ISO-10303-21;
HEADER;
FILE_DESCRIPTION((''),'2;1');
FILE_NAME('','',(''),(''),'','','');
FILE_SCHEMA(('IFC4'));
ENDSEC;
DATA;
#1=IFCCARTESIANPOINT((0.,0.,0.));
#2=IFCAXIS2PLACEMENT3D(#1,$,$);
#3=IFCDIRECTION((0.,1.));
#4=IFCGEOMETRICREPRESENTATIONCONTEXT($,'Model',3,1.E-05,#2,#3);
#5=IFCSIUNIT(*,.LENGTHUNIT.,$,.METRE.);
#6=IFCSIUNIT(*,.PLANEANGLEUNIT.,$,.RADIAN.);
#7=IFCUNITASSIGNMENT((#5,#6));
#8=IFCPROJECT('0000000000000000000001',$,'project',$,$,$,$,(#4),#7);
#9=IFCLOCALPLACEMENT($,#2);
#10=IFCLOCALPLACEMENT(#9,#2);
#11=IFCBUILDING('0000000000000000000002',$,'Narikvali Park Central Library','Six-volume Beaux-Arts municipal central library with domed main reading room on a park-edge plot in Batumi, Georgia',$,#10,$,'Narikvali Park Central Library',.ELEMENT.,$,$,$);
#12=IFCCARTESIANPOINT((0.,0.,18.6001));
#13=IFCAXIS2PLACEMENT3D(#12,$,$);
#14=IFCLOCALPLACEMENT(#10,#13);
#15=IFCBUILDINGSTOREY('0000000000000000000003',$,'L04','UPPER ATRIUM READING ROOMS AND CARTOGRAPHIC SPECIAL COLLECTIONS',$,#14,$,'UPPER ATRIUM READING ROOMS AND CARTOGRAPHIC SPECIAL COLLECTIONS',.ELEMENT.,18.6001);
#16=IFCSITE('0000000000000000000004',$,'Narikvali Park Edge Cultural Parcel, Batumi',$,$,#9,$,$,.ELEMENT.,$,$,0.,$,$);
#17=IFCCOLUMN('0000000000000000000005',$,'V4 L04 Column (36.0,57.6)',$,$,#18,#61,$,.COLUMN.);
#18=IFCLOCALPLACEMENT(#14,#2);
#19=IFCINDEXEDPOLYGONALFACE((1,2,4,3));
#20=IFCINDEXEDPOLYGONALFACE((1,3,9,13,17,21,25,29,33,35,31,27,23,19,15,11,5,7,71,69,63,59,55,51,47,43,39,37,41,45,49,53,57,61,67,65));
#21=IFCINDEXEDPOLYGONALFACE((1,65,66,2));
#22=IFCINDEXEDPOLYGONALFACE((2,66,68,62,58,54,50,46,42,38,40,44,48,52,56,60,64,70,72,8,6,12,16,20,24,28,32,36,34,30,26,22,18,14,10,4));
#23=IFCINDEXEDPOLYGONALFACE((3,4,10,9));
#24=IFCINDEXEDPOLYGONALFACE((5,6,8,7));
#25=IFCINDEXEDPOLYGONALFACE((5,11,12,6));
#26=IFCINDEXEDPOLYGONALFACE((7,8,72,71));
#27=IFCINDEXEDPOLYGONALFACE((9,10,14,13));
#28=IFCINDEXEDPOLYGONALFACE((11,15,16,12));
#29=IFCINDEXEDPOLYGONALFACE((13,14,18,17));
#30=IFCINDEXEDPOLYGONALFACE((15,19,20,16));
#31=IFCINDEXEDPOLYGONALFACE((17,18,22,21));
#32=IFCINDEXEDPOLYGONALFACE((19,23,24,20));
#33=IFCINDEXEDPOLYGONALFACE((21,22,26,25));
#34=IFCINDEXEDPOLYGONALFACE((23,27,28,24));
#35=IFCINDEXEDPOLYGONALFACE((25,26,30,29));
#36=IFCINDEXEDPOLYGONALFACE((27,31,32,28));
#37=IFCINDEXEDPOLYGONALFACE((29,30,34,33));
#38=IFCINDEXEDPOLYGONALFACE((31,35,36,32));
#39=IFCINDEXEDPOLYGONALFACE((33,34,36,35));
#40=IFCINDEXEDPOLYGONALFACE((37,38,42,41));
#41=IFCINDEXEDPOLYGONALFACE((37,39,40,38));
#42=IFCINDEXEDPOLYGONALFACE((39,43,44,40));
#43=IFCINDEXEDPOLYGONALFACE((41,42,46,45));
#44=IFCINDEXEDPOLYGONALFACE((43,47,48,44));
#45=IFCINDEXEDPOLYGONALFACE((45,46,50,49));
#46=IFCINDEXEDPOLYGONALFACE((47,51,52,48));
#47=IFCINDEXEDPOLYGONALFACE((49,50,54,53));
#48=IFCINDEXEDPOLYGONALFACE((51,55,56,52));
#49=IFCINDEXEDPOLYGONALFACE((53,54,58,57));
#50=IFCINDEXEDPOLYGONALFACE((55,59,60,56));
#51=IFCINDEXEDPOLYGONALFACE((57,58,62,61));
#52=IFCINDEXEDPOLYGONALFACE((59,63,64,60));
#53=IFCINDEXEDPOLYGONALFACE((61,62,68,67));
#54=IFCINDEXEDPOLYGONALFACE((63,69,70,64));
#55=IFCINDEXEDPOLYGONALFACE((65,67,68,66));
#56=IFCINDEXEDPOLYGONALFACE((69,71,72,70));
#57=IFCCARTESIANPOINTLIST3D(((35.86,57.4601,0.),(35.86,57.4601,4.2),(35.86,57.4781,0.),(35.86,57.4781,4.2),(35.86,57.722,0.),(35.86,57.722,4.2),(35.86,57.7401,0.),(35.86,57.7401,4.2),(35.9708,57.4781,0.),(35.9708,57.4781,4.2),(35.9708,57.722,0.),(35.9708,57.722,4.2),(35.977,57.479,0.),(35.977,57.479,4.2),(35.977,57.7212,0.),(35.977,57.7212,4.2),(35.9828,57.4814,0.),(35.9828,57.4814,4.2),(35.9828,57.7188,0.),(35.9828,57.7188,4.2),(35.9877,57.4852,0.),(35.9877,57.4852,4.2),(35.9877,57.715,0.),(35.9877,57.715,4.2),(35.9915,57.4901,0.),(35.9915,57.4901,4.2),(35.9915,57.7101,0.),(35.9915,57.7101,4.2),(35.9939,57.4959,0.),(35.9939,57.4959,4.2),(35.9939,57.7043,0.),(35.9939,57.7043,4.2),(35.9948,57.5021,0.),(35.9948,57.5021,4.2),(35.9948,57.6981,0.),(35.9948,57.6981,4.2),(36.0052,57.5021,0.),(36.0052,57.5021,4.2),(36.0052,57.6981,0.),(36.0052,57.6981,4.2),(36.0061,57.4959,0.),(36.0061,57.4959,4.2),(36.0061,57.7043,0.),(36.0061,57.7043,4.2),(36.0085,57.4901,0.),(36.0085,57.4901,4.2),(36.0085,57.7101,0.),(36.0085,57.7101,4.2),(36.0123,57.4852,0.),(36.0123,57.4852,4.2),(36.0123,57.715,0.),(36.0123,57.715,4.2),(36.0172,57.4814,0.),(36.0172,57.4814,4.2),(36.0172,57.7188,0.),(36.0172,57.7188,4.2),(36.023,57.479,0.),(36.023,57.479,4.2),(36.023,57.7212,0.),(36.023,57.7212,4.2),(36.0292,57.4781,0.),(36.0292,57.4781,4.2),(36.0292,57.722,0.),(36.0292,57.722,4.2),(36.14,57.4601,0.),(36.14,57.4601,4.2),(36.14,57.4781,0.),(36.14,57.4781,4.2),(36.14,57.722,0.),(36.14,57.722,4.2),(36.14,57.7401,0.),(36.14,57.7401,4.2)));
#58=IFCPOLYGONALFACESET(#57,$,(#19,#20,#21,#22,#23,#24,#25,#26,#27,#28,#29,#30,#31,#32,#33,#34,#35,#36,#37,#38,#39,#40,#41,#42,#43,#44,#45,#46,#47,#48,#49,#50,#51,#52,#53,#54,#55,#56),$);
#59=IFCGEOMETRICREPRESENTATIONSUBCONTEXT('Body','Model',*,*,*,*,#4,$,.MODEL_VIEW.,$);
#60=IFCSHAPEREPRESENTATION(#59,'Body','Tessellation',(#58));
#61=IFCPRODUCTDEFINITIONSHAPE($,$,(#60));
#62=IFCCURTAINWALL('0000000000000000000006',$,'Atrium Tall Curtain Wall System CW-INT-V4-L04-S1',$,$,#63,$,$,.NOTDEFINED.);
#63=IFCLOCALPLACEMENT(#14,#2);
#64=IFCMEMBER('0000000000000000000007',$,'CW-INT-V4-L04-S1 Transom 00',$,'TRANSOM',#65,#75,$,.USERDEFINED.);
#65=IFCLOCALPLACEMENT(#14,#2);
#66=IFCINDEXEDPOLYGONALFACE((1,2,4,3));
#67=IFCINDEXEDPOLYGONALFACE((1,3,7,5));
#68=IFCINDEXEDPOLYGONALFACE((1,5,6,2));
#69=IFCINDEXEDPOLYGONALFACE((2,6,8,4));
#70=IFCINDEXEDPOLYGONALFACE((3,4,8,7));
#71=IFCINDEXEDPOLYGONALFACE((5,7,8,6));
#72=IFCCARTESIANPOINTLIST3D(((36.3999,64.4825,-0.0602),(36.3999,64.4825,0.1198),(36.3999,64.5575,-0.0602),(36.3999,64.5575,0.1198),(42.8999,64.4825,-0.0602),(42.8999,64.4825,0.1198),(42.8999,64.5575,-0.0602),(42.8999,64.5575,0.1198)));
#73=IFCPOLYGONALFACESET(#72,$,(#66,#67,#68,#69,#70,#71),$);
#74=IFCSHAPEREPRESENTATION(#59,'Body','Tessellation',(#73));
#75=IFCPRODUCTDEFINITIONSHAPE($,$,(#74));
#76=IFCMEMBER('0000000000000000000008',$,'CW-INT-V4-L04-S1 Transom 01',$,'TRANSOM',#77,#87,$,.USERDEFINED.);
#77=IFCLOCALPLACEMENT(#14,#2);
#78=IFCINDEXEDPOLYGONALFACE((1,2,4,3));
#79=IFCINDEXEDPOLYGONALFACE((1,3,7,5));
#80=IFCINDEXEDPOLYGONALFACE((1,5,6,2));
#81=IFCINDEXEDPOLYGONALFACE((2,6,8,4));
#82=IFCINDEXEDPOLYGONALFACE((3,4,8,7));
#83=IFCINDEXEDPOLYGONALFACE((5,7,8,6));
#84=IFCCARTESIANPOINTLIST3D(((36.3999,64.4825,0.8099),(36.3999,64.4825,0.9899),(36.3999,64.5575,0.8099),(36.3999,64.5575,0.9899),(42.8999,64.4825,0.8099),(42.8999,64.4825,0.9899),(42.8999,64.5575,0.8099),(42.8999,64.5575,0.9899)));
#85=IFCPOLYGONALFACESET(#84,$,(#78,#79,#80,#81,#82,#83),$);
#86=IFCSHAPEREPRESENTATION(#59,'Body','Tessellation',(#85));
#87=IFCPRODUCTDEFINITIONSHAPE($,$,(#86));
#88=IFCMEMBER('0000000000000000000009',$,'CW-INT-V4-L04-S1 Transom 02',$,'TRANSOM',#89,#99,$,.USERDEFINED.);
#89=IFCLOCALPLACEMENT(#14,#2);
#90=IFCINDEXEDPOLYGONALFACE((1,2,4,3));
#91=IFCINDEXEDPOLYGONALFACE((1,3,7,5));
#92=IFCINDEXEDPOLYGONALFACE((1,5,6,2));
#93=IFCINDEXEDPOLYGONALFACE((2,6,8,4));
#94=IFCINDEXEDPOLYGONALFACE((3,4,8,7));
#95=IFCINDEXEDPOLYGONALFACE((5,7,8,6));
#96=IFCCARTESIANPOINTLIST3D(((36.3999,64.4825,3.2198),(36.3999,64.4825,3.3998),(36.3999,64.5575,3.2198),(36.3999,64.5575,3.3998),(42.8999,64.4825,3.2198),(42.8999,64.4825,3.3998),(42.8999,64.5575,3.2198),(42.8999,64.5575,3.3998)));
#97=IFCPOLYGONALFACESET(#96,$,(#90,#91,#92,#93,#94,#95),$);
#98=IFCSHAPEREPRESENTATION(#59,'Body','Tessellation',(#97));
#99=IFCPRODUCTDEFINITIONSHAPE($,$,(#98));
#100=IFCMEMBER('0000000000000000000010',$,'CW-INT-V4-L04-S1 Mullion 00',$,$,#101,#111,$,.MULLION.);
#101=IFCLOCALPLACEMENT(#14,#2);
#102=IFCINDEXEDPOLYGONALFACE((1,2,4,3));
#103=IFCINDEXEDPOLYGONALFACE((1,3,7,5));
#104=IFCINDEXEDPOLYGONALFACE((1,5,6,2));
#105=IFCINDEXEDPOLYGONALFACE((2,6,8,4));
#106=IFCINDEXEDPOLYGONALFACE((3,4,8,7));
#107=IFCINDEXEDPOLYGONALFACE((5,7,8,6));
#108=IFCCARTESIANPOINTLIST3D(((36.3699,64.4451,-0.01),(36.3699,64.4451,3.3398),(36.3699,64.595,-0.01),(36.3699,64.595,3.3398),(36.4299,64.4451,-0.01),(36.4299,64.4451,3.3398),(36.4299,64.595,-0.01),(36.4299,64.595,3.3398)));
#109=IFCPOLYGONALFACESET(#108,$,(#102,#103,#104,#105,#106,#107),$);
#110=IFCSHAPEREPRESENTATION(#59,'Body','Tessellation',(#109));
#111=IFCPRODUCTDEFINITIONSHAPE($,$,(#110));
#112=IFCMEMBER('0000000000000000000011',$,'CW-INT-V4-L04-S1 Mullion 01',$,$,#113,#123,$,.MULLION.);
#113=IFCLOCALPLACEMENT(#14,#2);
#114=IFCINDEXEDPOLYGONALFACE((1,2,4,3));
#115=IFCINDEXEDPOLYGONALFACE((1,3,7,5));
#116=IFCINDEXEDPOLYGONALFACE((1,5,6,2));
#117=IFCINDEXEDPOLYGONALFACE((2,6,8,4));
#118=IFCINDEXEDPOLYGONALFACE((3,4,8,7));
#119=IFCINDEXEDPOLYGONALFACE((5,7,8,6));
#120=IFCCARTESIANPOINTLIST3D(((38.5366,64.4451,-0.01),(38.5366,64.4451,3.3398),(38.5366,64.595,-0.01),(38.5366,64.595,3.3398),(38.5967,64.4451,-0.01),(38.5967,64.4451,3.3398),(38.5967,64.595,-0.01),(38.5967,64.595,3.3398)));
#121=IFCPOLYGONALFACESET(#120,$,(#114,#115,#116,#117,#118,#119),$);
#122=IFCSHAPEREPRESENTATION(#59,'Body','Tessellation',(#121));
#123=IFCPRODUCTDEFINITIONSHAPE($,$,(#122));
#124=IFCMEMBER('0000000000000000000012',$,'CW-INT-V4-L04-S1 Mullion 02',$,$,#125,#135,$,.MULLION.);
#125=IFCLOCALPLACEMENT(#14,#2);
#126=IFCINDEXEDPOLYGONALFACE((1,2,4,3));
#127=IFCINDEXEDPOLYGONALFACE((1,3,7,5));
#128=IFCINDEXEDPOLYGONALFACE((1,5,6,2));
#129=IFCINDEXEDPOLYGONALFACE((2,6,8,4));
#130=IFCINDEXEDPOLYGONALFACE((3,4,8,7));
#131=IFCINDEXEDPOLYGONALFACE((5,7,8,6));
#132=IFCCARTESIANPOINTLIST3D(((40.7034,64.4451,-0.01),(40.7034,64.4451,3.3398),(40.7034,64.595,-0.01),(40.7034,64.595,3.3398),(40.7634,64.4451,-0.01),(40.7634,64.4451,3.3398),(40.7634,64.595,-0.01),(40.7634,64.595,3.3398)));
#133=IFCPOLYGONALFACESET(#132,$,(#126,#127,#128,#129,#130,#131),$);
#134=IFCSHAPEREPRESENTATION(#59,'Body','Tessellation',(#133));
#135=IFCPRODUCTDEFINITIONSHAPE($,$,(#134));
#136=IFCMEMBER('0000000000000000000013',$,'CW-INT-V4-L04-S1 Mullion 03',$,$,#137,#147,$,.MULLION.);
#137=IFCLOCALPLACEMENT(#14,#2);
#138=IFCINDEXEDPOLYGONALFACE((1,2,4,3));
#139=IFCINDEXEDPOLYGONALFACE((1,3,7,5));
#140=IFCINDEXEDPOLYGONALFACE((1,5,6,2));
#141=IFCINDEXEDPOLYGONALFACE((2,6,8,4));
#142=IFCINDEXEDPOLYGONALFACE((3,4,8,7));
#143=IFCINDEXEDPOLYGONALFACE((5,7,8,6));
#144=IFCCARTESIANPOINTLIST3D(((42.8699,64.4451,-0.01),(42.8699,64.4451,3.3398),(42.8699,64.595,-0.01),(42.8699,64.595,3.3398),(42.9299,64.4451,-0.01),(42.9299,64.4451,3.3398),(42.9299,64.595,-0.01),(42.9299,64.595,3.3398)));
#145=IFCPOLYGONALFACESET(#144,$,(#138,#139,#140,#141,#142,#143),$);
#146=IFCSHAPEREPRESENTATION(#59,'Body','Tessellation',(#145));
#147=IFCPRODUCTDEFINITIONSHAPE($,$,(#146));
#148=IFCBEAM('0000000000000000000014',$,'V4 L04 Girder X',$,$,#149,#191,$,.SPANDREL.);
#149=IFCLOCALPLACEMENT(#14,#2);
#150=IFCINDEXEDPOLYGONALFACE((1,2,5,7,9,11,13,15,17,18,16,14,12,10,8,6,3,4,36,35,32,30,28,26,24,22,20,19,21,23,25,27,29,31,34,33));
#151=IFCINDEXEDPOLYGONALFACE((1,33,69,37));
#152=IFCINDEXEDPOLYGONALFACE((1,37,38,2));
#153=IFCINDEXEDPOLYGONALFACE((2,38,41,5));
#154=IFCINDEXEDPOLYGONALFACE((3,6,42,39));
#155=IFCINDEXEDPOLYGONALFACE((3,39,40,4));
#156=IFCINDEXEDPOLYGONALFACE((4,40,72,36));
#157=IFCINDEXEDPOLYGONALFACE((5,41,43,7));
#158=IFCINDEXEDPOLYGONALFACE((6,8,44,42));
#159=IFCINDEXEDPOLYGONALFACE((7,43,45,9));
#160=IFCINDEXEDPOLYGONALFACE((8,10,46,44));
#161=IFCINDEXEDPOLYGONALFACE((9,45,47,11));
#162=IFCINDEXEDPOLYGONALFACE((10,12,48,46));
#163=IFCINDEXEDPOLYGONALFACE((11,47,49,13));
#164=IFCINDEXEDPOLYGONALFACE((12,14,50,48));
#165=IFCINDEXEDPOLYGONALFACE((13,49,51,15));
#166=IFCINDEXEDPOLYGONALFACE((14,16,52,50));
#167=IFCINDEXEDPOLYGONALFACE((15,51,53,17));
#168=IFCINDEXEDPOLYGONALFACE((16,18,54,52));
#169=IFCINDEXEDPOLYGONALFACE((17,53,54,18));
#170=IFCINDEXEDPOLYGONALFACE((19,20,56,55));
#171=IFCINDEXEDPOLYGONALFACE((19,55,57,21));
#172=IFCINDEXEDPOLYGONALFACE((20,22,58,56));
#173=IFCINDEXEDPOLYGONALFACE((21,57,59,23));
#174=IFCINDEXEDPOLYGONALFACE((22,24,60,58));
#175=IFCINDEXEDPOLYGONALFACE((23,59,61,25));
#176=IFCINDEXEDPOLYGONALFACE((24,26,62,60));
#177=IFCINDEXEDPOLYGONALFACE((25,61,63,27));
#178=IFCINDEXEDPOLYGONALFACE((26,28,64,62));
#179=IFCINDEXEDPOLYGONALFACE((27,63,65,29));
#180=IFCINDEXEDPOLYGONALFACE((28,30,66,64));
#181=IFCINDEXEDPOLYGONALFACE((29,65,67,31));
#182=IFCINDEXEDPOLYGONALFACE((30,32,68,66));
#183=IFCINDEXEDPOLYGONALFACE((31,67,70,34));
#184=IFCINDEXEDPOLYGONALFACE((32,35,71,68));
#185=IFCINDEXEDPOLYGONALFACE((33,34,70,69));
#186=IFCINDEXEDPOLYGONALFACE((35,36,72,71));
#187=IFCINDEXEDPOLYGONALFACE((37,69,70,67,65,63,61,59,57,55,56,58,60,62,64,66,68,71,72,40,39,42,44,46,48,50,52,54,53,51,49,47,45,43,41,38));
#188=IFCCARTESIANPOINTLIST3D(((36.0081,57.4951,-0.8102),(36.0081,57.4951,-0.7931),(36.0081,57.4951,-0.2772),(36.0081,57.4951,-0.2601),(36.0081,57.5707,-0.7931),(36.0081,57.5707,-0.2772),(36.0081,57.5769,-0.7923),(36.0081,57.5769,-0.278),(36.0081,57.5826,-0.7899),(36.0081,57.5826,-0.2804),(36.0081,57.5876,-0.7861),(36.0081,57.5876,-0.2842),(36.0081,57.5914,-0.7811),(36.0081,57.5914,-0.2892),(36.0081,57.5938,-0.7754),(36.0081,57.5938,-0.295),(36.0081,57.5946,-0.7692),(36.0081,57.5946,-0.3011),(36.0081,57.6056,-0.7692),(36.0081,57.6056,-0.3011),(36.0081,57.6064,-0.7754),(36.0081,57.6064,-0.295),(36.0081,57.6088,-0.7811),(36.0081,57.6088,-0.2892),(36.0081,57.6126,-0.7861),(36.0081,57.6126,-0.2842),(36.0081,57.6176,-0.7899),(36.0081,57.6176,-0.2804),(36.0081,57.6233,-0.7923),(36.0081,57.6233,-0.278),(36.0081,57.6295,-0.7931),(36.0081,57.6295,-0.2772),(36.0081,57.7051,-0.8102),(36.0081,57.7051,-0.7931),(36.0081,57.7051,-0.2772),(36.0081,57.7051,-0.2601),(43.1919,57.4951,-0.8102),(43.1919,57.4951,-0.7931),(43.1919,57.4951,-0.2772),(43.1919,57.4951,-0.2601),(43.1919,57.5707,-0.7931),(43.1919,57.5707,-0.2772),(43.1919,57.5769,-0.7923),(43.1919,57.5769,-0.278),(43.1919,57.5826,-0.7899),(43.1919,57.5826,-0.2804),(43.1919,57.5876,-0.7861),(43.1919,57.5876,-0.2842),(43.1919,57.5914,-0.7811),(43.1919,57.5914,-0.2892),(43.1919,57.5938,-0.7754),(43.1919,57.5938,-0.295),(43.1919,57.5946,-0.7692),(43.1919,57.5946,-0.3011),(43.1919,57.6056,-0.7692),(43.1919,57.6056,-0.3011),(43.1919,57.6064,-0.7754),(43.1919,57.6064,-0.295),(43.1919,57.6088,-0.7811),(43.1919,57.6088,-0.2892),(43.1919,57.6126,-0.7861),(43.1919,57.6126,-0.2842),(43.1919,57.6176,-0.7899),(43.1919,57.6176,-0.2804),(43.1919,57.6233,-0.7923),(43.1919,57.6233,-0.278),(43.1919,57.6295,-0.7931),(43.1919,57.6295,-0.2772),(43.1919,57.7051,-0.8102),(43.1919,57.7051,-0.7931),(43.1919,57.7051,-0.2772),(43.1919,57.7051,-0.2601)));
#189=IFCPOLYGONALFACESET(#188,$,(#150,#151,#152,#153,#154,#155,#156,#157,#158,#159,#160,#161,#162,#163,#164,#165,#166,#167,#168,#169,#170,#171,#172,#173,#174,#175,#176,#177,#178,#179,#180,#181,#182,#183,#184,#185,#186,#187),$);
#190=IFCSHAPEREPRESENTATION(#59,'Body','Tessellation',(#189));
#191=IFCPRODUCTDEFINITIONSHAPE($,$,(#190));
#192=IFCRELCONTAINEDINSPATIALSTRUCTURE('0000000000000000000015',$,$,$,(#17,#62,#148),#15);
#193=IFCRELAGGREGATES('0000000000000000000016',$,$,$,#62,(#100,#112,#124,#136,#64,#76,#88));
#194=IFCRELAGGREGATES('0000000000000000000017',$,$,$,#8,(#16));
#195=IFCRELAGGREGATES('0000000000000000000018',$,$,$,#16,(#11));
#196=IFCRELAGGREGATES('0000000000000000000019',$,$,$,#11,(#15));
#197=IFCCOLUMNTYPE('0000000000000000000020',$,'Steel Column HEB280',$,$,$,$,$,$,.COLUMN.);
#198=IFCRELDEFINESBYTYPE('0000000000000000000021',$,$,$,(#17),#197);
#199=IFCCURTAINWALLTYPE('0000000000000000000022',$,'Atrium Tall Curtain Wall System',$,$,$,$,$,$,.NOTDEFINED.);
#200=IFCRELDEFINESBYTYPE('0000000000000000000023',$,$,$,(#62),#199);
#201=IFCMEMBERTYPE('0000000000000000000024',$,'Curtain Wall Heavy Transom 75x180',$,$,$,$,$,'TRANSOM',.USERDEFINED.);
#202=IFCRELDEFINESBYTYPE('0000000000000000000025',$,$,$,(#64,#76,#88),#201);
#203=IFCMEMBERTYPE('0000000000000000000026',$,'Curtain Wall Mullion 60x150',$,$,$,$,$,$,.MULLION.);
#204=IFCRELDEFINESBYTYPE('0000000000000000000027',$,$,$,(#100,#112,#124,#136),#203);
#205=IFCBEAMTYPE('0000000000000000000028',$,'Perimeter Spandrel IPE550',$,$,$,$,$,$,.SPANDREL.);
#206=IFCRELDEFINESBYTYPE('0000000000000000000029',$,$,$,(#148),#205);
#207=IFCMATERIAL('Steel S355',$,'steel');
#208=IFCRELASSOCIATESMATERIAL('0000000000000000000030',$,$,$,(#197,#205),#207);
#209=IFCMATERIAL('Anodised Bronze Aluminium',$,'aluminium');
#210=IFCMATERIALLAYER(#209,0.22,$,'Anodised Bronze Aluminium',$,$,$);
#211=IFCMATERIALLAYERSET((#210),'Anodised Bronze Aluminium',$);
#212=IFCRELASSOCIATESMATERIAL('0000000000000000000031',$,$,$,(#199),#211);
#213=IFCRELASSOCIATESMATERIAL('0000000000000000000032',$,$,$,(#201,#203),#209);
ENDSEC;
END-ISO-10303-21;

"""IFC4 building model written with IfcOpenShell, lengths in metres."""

from ifc_helpers import new_model, si_unit, direction, frame, origin, origin_2d, place, context, subcontext, project, spatial, rectangle, i_section, extrude, material, layer, layer_set, material_profile, profile_set, type_object, element, aggregate, save


model = new_model("IFC4")

# Units and contexts
model_context = context("Model", 3, precision=1e-05, world=origin(), true_north=direction((0.0, 1.0)))
body_context = subcontext(model_context, "Body", "Model", "MODEL_VIEW")
ifc_project = project(units=[si_unit("LENGTHUNIT", "METRE"), si_unit("PLANEANGLEUNIT", "RADIAN")], contexts=[model_context])

# Site, building, storey
site_placement = place(None, origin())
site = spatial("IfcSite", under=ifc_project, at=site_placement, Name="Narikvali Park Edge Cultural Parcel, Batumi", CompositionType="ELEMENT", RefElevation=0.0)
building_placement = place(site_placement, origin())
building = spatial("IfcBuilding", under=site, at=building_placement, Name="Narikvali Park Central Library", Description="Six-volume Beaux-Arts municipal central library with domed main reading room on a park-edge plot in Batumi, Georgia", LongName="Narikvali Park Central Library", CompositionType="ELEMENT")
storey_placement = place(building_placement, frame((0.0, 0.0, 18.6001)))
storey = spatial("IfcBuildingStorey", under=building, at=storey_placement, Name="L04", Description="UPPER ATRIUM READING ROOMS AND CARTOGRAPHIC SPECIAL COLLECTIONS", LongName="UPPER ATRIUM READING ROOMS AND CARTOGRAPHIC SPECIAL COLLECTIONS", CompositionType="ELEMENT", Elevation=18.6001)

# Column
ifc_material_1 = material(Name="Steel S355", Category="steel")
ifc_material_profile_1 = material_profile(ifc_material_1, i_section(OverallWidth=0.28, OverallDepth=0.28, WebThickness=0.0105, FlangeThickness=0.0181, FilletRadius=0.0239, at=origin_2d()), Name="HEB 280")
ifc_profile_set_1 = profile_set([ifc_material_profile_1], Name="Steel S355")
column_type = type_object("IfcColumnType", Name="Steel Column HEB280", PredefinedType="COLUMN", material=ifc_profile_set_1)
column_placement = place(storey_placement, frame((36.0, 57.6001, 0.0), z_axis=(0.0, 0.0, 1.0), x_axis=(1.0, 0.0, 0.0)))
element("IfcColumn", 1, at=column_placement, inside=storey, type_object=column_type, Name="V4 L04 Column (36.0,57.6)", PredefinedType="COLUMN", context=body_context, shape_type="SweptSolid", body=[
    extrude(i_section(OverallWidth=0.28, OverallDepth=0.28, WebThickness=0.0105, FlangeThickness=0.0181, FilletRadius=0.0239, at=origin_2d()), origin(), (0.0, 0.0, 1.0), 4.2),
])

# Curtain wall, members
ifc_material_2 = material(Name="Anodised Bronze Aluminium", Category="aluminium")
ifc_layer_1 = layer(ifc_material_2, 0.22, Name="Anodised Bronze Aluminium")
ifc_layer_set_1 = layer_set([ifc_layer_1], Name="Anodised Bronze Aluminium")
curtain_wall_type = type_object("IfcCurtainWallType", Name="Atrium Tall Curtain Wall System", PredefinedType="NOTDEFINED", material=ifc_layer_set_1)
curtain_wall_placement = place(storey_placement, origin())
curtain_wall = element("IfcCurtainWall", 2, at=curtain_wall_placement, inside=storey, type_object=curtain_wall_type, Name="Atrium Tall Curtain Wall System CW-INT-V4-L04-S1", PredefinedType="NOTDEFINED")
ifc_material_profile_2 = material_profile(ifc_material_2, rectangle(XDim=0.075, YDim=0.1799, at=origin_2d()), Name="CW TRANSOM 75x180")
ifc_profile_set_2 = profile_set([ifc_material_profile_2], Name="Anodised Bronze Aluminium")
member_type_1 = type_object("IfcMemberType", Name="Curtain Wall Heavy Transom 75x180", ElementType="TRANSOM", PredefinedType="USERDEFINED", material=ifc_profile_set_2)
member_1_placement = place(storey_placement, frame((36.3999, 64.52, 0.0298), z_axis=(1.0, 0.0, 0.0), x_axis=(0.0, 1.0, 0.0)))
member_1 = element("IfcMember", 3, at=member_1_placement, type_object=member_type_1, Name="CW-INT-V4-L04-S1 Transom 00", ObjectType="TRANSOM", PredefinedType="USERDEFINED", context=body_context, shape_type="SweptSolid", body=[
    extrude(rectangle(XDim=0.075, YDim=0.1799, at=origin_2d()), origin(), (0.0, 0.0, 1.0), 6.5),
])
member_2_placement = place(storey_placement, frame((36.3999, 64.52, 0.8999), z_axis=(1.0, 0.0, 0.0), x_axis=(0.0, 1.0, 0.0)))
member_2 = element("IfcMember", 4, at=member_2_placement, type_object=member_type_1, Name="CW-INT-V4-L04-S1 Transom 01", ObjectType="TRANSOM", PredefinedType="USERDEFINED", context=body_context, shape_type="SweptSolid", body=[
    extrude(rectangle(XDim=0.075, YDim=0.1799, at=origin_2d()), origin(), (0.0, 0.0, 1.0), 6.5),
])
member_3_placement = place(storey_placement, frame((36.3999, 64.52, 3.3098), z_axis=(1.0, 0.0, 0.0), x_axis=(0.0, 1.0, 0.0)))
member_3 = element("IfcMember", 5, at=member_3_placement, type_object=member_type_1, Name="CW-INT-V4-L04-S1 Transom 02", ObjectType="TRANSOM", PredefinedType="USERDEFINED", context=body_context, shape_type="SweptSolid", body=[
    extrude(rectangle(XDim=0.075, YDim=0.1799, at=origin_2d()), origin(), (0.0, 0.0, 1.0), 6.5),
])
ifc_material_profile_3 = material_profile(ifc_material_2, rectangle(XDim=0.0601, YDim=0.1499, at=origin_2d()), Name="CW MULLION 60x150")
ifc_profile_set_3 = profile_set([ifc_material_profile_3], Name="Anodised Bronze Aluminium")
member_type_2 = type_object("IfcMemberType", Name="Curtain Wall Mullion 60x150", PredefinedType="MULLION", material=ifc_profile_set_3)
member_4_placement = place(storey_placement, frame((36.3999, 64.52, -0.01), z_axis=(0.0, 0.0, 1.0), x_axis=(1.0, 0.0, 0.0)))
member_4 = element("IfcMember", 6, at=member_4_placement, type_object=member_type_2, Name="CW-INT-V4-L04-S1 Mullion 00", PredefinedType="MULLION", context=body_context, shape_type="SweptSolid", body=[
    extrude(rectangle(XDim=0.0601, YDim=0.1499, at=origin_2d()), origin(), (0.0, 0.0, 1.0), 3.3499),
])
member_5_placement = place(storey_placement, frame((38.5667, 64.52, -0.01), z_axis=(0.0, 0.0, 1.0), x_axis=(1.0, 0.0, 0.0)))
member_5 = element("IfcMember", 7, at=member_5_placement, type_object=member_type_2, Name="CW-INT-V4-L04-S1 Mullion 01", PredefinedType="MULLION", context=body_context, shape_type="SweptSolid", body=[
    extrude(rectangle(XDim=0.0601, YDim=0.1499, at=origin_2d()), origin(), (0.0, 0.0, 1.0), 3.3499),
])
member_6_placement = place(storey_placement, frame((40.7334, 64.52, -0.01), z_axis=(0.0, 0.0, 1.0), x_axis=(1.0, 0.0, 0.0)))
member_6 = element("IfcMember", 8, at=member_6_placement, type_object=member_type_2, Name="CW-INT-V4-L04-S1 Mullion 02", PredefinedType="MULLION", context=body_context, shape_type="SweptSolid", body=[
    extrude(rectangle(XDim=0.0601, YDim=0.1499, at=origin_2d()), origin(), (0.0, 0.0, 1.0), 3.3499),
])
member_7_placement = place(storey_placement, frame((42.8999, 64.52, -0.01), z_axis=(0.0, 0.0, 1.0), x_axis=(1.0, 0.0, 0.0)))
member_7 = element("IfcMember", 9, at=member_7_placement, type_object=member_type_2, Name="CW-INT-V4-L04-S1 Mullion 03", PredefinedType="MULLION", context=body_context, shape_type="SweptSolid", body=[
    extrude(rectangle(XDim=0.0601, YDim=0.1499, at=origin_2d()), origin(), (0.0, 0.0, 1.0), 3.3499),
])

# Beam
ifc_material_profile_4 = material_profile(ifc_material_1, i_section(OverallWidth=0.21, OverallDepth=0.55, WebThickness=0.011, FlangeThickness=0.0171, FilletRadius=0.0239, at=origin_2d()), Name="IPE 550")
ifc_profile_set_4 = profile_set([ifc_material_profile_4], Name="Steel S355")
beam_type_1 = type_object("IfcBeamType", Name="Perimeter Spandrel IPE550", PredefinedType="SPANDREL", material=ifc_profile_set_4)
beam_1_placement = place(storey_placement, frame((36.0081, 57.6001, -0.5352), z_axis=(1.0, 0.0, 0.0), x_axis=(0.0, 1.0, 0.0)))
element("IfcBeam", 10, at=beam_1_placement, inside=storey, type_object=beam_type_1, Name="V4 L04 Girder X", PredefinedType="SPANDREL", context=body_context, shape_type="SweptSolid", body=[
    extrude(i_section(OverallWidth=0.21, OverallDepth=0.55, WebThickness=0.011, FlangeThickness=0.0171, FilletRadius=0.0239, at=origin_2d()), origin(), (0.0, 0.0, 1.0), 7.1838),
])

aggregate(curtain_wall, [member_4, member_5, member_6, member_7, member_1, member_2, member_3])

save(model, "model.ifc")
